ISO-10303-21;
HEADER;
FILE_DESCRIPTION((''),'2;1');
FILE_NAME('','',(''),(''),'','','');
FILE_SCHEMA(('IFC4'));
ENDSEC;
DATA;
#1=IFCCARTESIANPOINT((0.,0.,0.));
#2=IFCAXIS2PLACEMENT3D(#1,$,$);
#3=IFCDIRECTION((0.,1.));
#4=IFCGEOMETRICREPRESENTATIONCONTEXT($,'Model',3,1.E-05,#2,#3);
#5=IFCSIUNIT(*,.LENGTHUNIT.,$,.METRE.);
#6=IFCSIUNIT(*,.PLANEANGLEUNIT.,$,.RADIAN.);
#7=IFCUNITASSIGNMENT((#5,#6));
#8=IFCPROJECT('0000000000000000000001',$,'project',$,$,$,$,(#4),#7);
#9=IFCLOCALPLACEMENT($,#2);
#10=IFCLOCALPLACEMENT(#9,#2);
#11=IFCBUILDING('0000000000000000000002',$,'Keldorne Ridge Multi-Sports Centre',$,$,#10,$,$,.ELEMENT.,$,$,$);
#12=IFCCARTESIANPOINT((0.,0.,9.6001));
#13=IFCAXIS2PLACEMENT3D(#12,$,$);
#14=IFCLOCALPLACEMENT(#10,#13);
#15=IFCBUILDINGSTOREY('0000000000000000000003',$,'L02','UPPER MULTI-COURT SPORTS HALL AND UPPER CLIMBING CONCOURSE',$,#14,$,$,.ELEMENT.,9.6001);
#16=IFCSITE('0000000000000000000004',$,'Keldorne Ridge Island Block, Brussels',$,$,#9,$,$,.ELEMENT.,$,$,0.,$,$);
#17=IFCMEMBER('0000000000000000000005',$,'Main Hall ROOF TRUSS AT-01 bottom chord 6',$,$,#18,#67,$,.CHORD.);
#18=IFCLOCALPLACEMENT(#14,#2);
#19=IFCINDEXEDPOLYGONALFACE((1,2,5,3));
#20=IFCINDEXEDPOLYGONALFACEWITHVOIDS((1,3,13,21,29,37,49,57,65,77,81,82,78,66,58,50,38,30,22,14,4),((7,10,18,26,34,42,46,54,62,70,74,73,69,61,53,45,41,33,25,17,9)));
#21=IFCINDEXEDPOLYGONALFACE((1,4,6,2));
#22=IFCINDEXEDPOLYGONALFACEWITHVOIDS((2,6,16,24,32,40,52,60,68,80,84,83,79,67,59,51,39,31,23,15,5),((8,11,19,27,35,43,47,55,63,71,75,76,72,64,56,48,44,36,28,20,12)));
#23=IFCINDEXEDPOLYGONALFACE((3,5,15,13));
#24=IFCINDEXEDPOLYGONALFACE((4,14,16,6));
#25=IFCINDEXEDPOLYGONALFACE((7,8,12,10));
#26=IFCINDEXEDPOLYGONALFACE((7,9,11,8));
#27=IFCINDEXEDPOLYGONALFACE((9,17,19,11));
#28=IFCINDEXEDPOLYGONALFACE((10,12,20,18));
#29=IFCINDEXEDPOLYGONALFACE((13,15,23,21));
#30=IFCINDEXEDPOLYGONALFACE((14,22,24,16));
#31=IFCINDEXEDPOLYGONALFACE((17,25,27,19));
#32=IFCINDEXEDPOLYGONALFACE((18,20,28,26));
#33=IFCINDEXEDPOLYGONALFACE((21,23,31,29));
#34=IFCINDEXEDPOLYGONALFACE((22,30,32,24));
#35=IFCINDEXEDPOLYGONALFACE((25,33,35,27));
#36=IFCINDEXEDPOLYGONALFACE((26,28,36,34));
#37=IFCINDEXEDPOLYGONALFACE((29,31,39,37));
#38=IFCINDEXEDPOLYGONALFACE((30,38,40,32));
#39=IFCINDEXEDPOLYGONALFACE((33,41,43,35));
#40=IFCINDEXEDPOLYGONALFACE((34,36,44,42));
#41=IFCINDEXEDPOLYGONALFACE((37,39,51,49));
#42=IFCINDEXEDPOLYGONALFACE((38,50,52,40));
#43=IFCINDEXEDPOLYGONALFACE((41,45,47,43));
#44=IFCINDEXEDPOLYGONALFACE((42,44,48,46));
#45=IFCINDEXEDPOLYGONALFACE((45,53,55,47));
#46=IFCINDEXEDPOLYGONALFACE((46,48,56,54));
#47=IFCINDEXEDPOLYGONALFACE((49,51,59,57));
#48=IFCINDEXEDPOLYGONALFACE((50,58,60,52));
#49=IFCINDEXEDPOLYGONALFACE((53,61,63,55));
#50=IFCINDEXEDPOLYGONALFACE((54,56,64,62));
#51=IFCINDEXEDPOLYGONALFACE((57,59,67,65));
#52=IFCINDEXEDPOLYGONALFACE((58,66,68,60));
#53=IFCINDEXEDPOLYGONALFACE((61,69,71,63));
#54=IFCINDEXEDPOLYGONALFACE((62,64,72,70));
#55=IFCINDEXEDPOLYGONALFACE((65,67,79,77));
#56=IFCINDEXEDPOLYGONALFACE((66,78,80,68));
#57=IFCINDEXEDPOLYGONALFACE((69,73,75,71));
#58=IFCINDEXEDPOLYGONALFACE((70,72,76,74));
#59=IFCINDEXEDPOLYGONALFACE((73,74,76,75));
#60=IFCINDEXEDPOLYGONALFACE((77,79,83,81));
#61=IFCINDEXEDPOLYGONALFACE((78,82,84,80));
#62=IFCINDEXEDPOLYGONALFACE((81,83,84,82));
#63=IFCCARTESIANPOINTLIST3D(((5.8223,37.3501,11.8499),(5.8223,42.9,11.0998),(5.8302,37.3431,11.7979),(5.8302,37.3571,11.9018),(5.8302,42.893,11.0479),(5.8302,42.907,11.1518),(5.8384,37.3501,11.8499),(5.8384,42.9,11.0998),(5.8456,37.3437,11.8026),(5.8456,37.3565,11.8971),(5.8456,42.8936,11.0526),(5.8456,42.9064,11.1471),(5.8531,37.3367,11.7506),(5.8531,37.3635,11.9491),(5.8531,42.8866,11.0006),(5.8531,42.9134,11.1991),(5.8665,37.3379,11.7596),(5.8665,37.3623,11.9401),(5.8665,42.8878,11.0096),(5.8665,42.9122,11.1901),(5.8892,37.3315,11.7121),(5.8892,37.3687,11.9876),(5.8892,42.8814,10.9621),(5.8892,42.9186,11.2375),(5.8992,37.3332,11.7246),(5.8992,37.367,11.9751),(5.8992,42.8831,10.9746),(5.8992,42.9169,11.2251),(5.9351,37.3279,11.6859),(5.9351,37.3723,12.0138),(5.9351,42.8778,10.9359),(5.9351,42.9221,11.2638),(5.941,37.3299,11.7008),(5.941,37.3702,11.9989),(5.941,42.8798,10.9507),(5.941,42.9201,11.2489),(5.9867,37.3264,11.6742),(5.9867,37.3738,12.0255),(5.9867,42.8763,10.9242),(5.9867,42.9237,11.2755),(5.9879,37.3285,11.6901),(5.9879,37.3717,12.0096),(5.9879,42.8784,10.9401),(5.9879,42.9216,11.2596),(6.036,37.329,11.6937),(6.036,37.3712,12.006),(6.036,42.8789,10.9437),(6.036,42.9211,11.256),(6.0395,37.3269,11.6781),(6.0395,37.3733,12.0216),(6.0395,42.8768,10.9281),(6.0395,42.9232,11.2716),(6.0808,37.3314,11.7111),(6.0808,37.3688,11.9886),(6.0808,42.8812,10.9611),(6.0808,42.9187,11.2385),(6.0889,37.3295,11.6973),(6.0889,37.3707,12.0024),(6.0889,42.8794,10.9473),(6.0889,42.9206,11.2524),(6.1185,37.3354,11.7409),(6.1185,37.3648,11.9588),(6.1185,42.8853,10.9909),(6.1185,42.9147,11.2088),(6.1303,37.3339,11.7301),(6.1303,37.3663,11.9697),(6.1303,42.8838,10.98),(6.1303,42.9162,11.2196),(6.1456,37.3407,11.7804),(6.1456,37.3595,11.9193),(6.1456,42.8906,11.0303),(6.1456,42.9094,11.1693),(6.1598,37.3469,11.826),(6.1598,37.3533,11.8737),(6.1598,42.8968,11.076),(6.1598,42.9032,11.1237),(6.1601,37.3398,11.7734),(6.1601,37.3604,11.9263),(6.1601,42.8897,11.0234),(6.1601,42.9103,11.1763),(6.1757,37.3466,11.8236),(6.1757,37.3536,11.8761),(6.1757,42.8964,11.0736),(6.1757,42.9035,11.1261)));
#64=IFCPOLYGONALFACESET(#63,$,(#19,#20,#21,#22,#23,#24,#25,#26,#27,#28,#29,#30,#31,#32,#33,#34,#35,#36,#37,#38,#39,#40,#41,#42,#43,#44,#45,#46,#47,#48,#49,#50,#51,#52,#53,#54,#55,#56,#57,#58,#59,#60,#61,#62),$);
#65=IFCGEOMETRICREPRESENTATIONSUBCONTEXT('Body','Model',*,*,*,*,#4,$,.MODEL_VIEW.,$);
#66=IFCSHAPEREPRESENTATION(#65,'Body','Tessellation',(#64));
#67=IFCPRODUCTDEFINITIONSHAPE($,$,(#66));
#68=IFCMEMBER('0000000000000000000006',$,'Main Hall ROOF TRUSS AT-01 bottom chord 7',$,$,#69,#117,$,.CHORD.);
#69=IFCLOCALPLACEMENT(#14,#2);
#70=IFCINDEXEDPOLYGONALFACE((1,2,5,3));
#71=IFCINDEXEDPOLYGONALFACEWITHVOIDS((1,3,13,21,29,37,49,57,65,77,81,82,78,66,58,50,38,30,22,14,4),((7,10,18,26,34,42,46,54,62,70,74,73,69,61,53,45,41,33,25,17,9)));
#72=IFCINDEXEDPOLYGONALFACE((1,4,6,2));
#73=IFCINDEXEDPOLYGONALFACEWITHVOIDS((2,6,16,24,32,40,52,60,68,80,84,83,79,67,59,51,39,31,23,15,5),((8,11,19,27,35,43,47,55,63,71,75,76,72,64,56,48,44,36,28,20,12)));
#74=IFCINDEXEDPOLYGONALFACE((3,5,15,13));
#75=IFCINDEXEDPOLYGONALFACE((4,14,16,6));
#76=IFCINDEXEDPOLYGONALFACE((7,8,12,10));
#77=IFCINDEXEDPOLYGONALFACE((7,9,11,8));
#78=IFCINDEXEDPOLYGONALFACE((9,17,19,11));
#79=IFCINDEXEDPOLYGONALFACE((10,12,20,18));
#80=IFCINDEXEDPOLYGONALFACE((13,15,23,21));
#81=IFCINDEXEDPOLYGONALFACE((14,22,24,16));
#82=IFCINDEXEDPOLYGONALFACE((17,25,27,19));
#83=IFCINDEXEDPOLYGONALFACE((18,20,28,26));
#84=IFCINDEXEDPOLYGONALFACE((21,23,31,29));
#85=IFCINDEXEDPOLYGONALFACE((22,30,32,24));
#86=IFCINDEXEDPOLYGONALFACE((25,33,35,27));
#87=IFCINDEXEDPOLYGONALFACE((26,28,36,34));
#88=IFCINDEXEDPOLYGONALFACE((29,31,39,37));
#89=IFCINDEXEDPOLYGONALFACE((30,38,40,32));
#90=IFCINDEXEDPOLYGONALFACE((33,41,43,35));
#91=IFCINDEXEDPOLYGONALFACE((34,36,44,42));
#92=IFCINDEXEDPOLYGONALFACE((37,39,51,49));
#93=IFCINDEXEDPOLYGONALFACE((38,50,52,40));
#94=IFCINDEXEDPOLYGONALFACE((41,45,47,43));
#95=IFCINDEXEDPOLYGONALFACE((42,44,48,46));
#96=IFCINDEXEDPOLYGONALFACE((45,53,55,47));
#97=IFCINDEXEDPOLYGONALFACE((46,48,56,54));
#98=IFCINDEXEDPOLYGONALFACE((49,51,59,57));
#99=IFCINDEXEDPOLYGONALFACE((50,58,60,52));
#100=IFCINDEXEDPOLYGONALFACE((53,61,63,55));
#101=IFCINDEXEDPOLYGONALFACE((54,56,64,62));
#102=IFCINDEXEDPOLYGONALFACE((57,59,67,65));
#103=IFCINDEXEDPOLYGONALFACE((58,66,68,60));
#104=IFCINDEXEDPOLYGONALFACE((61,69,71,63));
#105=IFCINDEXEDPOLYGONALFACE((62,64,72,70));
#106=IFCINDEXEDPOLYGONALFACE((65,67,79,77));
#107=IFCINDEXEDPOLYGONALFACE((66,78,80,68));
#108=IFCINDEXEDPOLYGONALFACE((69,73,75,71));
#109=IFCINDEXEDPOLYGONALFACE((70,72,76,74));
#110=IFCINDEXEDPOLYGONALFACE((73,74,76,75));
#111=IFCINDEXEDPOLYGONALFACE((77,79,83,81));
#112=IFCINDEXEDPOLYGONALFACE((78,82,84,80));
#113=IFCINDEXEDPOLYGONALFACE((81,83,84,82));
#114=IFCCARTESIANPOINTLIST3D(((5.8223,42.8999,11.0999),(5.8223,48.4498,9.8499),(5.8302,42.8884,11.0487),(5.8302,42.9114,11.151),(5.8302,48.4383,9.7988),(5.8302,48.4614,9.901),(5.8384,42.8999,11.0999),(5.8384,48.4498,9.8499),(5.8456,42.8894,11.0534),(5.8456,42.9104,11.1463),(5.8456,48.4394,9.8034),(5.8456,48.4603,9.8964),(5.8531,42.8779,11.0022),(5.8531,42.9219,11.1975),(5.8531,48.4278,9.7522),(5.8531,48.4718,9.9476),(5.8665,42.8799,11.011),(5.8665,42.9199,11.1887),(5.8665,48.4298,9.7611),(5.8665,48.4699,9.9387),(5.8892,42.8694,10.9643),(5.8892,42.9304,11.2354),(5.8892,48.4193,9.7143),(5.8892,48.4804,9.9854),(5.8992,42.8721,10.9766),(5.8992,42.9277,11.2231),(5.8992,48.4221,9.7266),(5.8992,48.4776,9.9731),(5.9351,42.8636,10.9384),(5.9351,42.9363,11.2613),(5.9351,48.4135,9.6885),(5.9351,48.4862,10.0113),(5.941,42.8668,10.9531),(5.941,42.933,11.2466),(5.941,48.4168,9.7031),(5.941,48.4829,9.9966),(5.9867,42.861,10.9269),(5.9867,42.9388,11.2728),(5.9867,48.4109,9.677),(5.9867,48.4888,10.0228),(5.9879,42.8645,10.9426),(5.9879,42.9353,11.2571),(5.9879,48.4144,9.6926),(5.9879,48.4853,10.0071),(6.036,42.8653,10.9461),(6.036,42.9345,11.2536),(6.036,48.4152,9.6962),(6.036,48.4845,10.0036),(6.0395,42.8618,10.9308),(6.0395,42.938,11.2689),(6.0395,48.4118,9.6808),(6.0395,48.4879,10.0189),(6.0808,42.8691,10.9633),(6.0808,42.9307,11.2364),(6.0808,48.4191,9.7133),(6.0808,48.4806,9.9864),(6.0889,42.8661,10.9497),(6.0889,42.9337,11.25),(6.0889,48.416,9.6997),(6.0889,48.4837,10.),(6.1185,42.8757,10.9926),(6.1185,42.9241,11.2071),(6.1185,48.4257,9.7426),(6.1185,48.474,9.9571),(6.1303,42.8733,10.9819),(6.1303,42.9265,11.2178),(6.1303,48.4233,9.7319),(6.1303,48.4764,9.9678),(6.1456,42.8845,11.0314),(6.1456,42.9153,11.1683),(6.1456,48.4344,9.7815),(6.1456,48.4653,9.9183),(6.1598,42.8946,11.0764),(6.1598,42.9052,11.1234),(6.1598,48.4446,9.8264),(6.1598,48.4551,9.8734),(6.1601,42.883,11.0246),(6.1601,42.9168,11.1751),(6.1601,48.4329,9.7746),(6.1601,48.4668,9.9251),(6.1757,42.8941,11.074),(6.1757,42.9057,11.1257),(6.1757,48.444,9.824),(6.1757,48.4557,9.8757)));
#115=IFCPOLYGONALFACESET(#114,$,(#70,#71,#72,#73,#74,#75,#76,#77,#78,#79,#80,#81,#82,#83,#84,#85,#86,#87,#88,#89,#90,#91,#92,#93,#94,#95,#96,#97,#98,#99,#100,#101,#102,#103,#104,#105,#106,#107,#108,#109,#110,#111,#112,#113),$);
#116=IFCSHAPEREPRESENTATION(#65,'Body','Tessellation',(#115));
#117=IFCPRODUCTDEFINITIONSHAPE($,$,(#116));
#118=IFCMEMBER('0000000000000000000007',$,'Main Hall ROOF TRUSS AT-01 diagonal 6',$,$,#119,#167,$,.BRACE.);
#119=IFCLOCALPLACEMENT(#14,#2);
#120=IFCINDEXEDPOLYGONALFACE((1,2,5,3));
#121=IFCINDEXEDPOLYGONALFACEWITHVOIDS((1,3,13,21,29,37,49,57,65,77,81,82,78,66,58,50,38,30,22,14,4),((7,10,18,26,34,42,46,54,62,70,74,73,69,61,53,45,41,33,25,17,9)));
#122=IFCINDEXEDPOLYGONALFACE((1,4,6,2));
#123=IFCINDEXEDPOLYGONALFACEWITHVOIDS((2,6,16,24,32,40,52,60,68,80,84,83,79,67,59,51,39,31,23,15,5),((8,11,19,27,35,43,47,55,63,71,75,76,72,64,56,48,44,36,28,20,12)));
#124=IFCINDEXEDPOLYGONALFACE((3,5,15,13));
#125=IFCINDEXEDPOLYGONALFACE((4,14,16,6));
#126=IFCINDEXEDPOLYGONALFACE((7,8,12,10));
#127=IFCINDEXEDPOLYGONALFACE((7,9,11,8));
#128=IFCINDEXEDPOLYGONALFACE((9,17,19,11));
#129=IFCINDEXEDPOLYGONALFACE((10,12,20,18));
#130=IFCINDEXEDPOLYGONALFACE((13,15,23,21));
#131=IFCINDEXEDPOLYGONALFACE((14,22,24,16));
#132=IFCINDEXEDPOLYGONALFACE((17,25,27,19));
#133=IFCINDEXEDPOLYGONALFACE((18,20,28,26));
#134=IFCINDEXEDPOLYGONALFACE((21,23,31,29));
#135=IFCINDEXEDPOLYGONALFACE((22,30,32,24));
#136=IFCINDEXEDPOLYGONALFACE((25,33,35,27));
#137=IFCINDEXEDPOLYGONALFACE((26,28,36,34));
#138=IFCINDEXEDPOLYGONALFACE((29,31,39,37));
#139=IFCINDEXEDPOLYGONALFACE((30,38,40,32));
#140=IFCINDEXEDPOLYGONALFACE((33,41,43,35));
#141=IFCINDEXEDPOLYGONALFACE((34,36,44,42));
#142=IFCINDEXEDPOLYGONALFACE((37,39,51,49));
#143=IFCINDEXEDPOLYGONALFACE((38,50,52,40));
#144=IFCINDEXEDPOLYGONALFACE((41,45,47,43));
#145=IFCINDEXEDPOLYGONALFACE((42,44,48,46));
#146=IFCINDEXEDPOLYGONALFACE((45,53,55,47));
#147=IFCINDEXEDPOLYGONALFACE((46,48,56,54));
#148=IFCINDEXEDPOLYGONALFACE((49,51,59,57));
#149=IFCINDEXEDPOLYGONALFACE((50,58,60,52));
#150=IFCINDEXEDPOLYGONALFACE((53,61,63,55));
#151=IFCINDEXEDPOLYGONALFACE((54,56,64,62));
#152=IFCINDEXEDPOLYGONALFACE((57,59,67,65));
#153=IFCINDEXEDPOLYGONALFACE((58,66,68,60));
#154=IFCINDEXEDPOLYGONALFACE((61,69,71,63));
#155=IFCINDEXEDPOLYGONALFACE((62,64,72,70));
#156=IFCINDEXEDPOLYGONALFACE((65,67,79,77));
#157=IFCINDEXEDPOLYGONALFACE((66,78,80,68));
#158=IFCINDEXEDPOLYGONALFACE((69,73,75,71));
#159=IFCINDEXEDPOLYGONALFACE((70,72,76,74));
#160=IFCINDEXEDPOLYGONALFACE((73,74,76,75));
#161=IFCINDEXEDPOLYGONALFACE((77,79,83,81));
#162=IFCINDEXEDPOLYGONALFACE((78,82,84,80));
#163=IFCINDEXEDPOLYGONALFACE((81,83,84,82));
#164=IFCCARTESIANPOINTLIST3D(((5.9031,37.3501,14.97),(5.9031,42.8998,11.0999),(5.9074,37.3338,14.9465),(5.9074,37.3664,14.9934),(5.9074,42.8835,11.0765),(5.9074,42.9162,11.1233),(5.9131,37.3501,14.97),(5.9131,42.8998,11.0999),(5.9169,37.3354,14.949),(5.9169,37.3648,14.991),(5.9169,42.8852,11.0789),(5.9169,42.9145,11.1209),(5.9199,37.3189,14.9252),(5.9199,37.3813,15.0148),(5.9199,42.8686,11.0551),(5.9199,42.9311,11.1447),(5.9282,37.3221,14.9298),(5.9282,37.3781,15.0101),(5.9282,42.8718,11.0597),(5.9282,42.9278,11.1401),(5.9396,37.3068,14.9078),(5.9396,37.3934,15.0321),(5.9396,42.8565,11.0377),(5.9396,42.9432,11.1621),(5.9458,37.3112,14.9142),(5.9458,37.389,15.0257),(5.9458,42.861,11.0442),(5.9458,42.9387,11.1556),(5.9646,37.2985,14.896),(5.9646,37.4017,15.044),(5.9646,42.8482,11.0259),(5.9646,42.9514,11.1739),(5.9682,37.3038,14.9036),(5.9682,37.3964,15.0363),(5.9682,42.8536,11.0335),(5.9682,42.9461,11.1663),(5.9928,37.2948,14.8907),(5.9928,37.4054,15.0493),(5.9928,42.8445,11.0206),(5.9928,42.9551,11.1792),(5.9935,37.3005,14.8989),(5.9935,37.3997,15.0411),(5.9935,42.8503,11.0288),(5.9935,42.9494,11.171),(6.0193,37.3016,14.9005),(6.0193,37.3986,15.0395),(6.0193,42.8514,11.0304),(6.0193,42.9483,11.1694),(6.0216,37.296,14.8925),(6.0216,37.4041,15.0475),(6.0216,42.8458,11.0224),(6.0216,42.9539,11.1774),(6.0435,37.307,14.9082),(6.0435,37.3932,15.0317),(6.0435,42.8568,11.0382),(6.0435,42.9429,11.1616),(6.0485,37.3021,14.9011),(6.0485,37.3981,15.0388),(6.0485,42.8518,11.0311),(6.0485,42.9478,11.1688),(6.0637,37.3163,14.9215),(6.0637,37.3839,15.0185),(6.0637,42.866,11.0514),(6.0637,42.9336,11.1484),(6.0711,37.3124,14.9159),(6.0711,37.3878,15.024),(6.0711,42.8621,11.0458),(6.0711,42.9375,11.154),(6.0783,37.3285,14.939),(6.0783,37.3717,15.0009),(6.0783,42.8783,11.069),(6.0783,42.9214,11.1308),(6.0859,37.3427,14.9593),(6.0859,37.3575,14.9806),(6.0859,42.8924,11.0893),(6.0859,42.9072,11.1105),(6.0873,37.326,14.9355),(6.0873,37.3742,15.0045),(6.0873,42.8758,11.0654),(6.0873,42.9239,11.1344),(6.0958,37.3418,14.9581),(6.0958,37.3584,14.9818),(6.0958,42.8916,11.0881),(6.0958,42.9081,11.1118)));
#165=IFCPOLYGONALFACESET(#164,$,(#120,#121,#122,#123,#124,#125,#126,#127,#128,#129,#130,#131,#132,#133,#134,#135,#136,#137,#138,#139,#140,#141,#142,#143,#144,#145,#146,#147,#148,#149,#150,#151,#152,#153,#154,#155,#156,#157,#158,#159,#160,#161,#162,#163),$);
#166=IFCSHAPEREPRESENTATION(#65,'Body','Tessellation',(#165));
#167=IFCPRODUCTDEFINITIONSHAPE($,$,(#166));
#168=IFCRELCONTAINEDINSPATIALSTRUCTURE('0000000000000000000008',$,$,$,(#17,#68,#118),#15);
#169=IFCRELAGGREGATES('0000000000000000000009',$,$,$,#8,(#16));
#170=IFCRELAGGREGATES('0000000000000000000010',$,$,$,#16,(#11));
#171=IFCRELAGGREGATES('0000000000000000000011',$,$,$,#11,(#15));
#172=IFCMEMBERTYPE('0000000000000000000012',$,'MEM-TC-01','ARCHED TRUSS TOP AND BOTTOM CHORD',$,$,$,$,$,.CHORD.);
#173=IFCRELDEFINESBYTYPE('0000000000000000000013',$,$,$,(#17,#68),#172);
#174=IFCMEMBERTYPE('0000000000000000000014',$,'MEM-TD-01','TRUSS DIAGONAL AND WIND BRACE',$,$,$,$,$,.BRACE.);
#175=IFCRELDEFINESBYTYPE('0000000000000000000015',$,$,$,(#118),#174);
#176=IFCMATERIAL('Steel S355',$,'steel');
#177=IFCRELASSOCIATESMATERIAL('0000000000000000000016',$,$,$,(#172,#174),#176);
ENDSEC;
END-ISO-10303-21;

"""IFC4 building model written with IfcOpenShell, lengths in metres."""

from ifc_helpers import new_model, si_unit, direction, frame, origin, origin_2d, place, context, subcontext, project, spatial, hollow_circle, extrude, material, material_profile, profile_set, type_object, element, save


model = new_model("IFC4")

# Units and contexts
model_context = context("Model", 3, precision=1e-05, world=origin(), true_north=direction((0.0, 1.0)))
body_context = subcontext(model_context, "Body", "Model", "MODEL_VIEW")
ifc_project = project(units=[si_unit("LENGTHUNIT", "METRE"), si_unit("PLANEANGLEUNIT", "RADIAN")], contexts=[model_context])

# Site, building, storey
site_placement = place(None, origin())
site = spatial("IfcSite", under=ifc_project, at=site_placement, Name="Keldorne Ridge Island Block, Brussels", CompositionType="ELEMENT", RefElevation=0.0)
building_placement = place(site_placement, origin())
building = spatial("IfcBuilding", under=site, at=building_placement, Name="Keldorne Ridge Multi-Sports Centre", CompositionType="ELEMENT")
storey_placement = place(building_placement, frame((0.0, 0.0, 9.6001)))
storey = spatial("IfcBuildingStorey", under=building, at=storey_placement, Name="L02", Description="UPPER MULTI-COURT SPORTS HALL AND UPPER CLIMBING CONCOURSE", CompositionType="ELEMENT", Elevation=9.6001)

# Members
ifc_material_1 = material(Name="Steel S355", Category="steel")
ifc_material_profile_1 = material_profile(ifc_material_1, hollow_circle(Radius=0.1777, WallThickness=0.0161, at=origin_2d()), Name="CHS 355.6x16")
ifc_profile_set_1 = profile_set([ifc_material_profile_1], Name="Steel S355")
member_type_1 = type_object("IfcMemberType", Name="MEM-TC-01", Description="ARCHED TRUSS TOP AND BOTTOM CHORD", PredefinedType="CHORD", material=ifc_profile_set_1)
member_1_placement = place(storey_placement, frame((6.0, 37.3501, 11.8499), z_axis=(0.0, 0.990992, -0.133923), x_axis=(-1.0, 0.0, 0.0)))
element("IfcMember", 1, at=member_1_placement, inside=storey, type_object=member_type_1, Name="Main Hall ROOF TRUSS AT-01 bottom chord 6", PredefinedType="CHORD", context=body_context, shape_type="SweptSolid", body=[
    extrude(hollow_circle(Radius=0.1777, WallThickness=0.0161, at=origin_2d()), origin(), (0.0, 0.0, 1.0), 5.6003),
])
member_2_placement = place(storey_placement, frame((6.0, 42.8999, 11.0999), z_axis=(0.0, 0.975563, -0.219719), x_axis=(-1.0, 0.0, 0.0)))
element("IfcMember", 2, at=member_2_placement, inside=storey, type_object=member_type_1, Name="Main Hall ROOF TRUSS AT-01 bottom chord 7", PredefinedType="CHORD", context=body_context, shape_type="SweptSolid", body=[
    extrude(hollow_circle(Radius=0.1777, WallThickness=0.0161, at=origin_2d()), origin(), (0.0, 0.0, 1.0), 5.689),
])
ifc_material_profile_2 = material_profile(ifc_material_1, hollow_circle(Radius=0.0969, WallThickness=0.01, at=origin_2d()), Name="CHS 193.7x10")
ifc_profile_set_2 = profile_set([ifc_material_profile_2], Name="Steel S355")
member_type_2 = type_object("IfcMemberType", Name="MEM-TD-01", Description="TRUSS DIAGONAL AND WIND BRACE", PredefinedType="BRACE", material=ifc_profile_set_2)
member_3_placement = place(storey_placement, frame((6.0, 37.3501, 14.97), z_axis=(0.0, 0.820255, -0.571999), x_axis=(-1.0, 0.0, 0.0)))
element("IfcMember", 3, at=member_3_placement, inside=storey, type_object=member_type_2, Name="Main Hall ROOF TRUSS AT-01 diagonal 6", PredefinedType="BRACE", context=body_context, shape_type="SweptSolid", body=[
    extrude(hollow_circle(Radius=0.0969, WallThickness=0.01, at=origin_2d()), origin(), (0.0, 0.0, 1.0), 6.7659),
])

save(model, "model.ifc")
